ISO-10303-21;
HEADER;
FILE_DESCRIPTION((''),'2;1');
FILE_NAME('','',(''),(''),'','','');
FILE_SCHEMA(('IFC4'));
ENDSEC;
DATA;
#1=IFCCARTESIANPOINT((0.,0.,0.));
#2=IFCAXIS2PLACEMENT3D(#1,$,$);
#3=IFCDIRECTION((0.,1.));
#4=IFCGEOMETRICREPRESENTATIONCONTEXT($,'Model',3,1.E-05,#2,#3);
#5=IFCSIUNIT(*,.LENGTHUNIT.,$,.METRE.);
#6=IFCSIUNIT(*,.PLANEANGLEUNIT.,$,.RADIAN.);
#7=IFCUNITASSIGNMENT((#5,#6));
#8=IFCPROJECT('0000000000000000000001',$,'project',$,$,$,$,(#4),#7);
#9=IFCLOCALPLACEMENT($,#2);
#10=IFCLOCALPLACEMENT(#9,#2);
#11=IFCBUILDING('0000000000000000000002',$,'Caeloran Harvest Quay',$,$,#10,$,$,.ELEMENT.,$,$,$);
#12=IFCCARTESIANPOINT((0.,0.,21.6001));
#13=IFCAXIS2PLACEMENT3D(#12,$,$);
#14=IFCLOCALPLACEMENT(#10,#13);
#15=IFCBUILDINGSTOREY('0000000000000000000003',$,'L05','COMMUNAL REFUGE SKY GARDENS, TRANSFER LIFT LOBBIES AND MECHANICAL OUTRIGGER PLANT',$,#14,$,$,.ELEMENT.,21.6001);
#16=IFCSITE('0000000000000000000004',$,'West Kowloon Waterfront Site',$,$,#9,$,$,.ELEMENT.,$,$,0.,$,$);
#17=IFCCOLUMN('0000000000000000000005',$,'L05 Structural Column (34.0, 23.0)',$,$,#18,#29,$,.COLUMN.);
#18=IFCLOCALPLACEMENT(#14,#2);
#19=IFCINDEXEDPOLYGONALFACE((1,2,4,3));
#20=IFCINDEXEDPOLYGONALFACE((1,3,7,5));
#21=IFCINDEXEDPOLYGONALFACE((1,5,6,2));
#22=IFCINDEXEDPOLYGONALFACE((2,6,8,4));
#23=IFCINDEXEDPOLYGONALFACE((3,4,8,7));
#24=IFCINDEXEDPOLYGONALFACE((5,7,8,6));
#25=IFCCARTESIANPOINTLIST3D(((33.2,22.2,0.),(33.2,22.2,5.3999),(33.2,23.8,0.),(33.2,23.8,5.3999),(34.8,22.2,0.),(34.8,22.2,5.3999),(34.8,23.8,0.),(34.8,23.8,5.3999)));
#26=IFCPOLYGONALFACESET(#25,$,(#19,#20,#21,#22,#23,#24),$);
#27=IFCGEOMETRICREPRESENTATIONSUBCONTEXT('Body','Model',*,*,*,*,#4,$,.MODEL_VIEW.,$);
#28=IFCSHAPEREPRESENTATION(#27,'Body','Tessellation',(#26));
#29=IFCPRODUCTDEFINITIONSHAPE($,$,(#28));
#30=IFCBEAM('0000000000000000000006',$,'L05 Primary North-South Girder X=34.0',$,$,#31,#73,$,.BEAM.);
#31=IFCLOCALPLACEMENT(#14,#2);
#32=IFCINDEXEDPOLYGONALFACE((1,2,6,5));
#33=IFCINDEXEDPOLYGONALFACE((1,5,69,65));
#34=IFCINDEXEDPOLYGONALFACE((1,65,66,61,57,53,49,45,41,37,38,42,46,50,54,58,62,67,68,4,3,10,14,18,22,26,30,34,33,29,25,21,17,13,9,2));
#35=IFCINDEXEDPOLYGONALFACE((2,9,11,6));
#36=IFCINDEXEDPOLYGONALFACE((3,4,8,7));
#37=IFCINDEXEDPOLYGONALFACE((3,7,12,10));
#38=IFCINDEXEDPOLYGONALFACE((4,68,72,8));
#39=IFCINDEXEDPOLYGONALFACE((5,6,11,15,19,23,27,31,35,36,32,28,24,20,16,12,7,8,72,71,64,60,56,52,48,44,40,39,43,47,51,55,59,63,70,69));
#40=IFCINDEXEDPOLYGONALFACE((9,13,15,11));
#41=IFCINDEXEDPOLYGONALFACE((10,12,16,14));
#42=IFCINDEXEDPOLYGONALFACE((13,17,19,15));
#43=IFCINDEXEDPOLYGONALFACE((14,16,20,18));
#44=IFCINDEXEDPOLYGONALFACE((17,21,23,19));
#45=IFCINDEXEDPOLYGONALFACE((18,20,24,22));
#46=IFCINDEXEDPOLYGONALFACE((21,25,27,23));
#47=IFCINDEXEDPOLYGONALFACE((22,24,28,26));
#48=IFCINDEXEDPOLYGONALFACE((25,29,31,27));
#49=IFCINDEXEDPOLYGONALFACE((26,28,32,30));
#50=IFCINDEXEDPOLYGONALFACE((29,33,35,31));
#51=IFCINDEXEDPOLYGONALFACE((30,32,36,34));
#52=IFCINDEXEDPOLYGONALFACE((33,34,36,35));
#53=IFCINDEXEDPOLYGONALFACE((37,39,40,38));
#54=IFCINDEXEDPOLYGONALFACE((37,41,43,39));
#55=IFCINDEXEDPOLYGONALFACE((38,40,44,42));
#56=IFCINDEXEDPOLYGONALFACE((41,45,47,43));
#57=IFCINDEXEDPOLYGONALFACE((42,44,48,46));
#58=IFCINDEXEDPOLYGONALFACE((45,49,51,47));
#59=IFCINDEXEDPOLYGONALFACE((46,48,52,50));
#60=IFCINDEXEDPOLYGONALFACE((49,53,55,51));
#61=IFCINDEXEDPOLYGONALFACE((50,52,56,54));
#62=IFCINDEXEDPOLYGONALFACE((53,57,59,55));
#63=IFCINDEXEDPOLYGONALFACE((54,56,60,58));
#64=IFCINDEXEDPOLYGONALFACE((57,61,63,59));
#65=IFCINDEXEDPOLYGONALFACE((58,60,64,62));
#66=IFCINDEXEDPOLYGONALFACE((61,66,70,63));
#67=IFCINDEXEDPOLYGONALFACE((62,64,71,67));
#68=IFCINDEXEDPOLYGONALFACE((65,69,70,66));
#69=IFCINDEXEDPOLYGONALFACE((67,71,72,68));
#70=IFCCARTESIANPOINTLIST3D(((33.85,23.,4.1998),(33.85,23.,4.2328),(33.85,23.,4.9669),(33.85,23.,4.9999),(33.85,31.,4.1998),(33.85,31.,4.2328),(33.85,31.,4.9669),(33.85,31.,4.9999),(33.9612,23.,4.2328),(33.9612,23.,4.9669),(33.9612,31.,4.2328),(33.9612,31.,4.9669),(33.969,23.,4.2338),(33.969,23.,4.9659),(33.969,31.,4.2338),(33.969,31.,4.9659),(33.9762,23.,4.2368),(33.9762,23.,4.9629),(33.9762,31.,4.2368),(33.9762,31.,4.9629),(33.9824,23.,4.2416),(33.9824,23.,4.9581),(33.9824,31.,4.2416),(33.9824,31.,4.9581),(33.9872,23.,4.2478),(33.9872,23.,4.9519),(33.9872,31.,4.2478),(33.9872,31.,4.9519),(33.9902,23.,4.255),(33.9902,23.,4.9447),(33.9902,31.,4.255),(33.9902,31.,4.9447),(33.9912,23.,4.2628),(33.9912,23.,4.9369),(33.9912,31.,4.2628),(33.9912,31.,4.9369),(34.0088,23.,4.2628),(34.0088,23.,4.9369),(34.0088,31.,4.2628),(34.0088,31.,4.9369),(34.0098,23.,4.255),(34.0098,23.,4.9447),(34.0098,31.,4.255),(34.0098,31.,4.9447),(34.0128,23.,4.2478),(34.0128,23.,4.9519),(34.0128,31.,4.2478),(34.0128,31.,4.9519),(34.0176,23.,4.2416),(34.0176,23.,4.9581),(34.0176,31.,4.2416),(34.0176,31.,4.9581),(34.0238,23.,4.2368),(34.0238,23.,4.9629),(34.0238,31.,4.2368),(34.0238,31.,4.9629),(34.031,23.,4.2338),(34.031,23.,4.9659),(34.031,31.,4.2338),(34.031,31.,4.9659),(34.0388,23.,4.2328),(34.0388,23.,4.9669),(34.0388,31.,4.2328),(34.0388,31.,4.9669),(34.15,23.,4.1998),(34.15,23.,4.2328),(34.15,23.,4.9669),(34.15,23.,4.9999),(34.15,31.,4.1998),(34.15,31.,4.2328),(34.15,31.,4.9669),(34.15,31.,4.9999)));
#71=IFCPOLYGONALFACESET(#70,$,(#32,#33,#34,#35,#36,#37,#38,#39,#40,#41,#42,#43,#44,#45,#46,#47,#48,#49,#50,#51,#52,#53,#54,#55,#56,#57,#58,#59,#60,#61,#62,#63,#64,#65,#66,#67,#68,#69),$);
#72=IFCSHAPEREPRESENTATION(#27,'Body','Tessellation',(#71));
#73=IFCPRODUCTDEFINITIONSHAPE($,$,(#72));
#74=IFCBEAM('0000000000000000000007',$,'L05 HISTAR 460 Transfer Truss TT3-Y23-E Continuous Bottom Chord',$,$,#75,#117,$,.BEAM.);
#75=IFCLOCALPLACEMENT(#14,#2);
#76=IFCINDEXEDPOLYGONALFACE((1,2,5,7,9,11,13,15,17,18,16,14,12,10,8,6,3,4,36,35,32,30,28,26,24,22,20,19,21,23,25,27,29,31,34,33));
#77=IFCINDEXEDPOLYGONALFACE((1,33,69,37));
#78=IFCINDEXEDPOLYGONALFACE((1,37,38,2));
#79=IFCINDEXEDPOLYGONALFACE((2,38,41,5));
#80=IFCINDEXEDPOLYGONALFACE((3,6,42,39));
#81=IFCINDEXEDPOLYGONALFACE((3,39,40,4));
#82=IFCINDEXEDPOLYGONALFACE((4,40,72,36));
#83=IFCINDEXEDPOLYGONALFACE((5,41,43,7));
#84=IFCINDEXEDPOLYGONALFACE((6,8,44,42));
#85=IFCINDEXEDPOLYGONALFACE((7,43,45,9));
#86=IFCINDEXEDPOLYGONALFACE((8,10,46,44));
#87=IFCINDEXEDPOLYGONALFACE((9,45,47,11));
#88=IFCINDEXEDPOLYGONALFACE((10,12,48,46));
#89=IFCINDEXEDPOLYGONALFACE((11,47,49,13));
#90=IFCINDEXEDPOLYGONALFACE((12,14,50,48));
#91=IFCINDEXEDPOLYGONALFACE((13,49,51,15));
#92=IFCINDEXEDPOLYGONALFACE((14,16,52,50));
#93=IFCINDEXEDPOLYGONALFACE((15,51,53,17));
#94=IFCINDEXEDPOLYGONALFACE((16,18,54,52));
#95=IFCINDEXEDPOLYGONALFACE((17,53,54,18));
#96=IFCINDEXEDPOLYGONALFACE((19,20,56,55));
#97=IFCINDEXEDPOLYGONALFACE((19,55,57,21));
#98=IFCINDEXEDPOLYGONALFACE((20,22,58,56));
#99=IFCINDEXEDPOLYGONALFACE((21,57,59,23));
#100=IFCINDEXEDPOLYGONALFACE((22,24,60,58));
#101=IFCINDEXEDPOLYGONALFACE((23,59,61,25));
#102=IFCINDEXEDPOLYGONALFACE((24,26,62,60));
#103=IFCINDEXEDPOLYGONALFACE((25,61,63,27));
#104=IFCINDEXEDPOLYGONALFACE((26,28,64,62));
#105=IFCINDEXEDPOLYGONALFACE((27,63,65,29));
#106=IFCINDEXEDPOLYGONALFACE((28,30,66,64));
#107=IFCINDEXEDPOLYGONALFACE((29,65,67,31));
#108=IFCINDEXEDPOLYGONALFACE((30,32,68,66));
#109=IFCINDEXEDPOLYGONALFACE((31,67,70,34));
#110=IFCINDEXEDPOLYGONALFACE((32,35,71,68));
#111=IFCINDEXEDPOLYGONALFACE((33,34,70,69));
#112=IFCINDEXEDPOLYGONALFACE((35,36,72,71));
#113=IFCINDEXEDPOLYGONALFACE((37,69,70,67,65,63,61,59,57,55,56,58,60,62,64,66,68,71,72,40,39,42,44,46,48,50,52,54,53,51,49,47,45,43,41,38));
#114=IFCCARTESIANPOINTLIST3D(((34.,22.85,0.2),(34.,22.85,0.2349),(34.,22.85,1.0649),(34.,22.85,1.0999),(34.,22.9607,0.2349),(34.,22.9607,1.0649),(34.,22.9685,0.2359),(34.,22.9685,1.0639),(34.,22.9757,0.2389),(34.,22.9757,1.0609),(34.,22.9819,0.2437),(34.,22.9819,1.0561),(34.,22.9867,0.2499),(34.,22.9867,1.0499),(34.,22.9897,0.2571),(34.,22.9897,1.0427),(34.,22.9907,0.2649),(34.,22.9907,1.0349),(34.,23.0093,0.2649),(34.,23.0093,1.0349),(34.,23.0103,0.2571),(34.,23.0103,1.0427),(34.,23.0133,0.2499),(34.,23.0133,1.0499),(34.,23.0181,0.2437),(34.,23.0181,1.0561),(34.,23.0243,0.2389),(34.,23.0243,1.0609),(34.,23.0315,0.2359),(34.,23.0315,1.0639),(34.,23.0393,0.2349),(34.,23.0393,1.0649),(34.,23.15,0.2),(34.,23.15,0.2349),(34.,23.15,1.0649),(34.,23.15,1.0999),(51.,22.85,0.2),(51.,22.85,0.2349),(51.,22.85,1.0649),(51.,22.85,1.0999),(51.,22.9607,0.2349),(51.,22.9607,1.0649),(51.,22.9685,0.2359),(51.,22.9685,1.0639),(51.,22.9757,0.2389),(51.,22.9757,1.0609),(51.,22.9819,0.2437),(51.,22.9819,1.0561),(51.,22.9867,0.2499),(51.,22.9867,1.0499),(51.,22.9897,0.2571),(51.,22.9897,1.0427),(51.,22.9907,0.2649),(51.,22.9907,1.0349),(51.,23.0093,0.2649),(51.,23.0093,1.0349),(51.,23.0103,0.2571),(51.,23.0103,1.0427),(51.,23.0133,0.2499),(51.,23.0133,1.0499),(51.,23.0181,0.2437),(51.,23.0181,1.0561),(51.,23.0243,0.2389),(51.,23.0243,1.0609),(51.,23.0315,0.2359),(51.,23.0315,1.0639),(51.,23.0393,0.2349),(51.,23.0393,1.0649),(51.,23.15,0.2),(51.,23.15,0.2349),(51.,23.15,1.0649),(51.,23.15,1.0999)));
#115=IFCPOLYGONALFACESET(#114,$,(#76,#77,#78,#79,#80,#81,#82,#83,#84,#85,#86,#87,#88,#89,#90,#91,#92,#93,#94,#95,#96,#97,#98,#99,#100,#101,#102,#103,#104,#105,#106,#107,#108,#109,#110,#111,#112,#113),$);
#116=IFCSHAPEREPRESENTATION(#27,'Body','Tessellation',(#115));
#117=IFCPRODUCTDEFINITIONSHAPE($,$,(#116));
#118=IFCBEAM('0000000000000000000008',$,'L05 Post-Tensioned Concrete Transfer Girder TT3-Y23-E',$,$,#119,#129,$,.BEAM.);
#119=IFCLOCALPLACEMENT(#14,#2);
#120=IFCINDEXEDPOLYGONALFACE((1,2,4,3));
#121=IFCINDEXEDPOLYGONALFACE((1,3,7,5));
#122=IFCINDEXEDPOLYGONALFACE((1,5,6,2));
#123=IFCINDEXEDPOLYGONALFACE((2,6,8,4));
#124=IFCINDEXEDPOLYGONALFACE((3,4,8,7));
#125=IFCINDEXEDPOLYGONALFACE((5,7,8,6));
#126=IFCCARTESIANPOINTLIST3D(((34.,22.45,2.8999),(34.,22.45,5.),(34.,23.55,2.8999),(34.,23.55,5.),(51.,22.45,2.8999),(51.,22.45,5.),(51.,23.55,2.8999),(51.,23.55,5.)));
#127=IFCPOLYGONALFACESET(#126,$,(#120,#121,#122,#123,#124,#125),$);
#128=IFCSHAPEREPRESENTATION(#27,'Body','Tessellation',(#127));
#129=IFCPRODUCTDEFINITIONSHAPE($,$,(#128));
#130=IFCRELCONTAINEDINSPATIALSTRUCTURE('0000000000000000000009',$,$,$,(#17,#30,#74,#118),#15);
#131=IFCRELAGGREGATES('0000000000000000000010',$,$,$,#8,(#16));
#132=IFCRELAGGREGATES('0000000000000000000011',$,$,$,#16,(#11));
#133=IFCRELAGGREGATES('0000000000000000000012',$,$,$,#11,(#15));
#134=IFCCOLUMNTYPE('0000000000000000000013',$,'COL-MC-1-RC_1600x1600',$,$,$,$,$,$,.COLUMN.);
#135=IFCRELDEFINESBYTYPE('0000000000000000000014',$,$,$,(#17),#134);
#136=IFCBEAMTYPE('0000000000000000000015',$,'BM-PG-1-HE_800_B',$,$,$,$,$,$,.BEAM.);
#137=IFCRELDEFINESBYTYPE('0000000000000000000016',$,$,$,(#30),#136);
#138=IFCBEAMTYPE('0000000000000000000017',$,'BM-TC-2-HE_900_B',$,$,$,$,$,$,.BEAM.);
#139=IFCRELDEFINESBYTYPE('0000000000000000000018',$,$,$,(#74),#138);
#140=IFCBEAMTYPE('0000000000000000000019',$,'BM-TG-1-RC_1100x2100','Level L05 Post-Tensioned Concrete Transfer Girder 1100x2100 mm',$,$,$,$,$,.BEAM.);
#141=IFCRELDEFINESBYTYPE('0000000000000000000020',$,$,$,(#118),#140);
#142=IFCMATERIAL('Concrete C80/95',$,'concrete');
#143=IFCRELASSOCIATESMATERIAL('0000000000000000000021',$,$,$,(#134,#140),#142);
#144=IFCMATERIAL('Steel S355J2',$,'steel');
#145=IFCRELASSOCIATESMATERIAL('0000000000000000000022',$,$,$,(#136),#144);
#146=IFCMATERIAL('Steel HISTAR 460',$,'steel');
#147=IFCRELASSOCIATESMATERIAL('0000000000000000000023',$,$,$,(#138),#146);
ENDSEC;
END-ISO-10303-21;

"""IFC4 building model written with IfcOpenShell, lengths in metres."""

from ifc_helpers import new_model, si_unit, direction, frame, origin, origin_2d, place, context, subcontext, project, spatial, rectangle, i_section, extrude, material, material_profile, profile_set, type_object, element, save


model = new_model("IFC4")

# Units and contexts
model_context = context("Model", 3, precision=1e-05, world=origin(), true_north=direction((0.0, 1.0)))
body_context = subcontext(model_context, "Body", "Model", "MODEL_VIEW")
ifc_project = project(units=[si_unit("LENGTHUNIT", "METRE"), si_unit("PLANEANGLEUNIT", "RADIAN")], contexts=[model_context])

# Site, building, storey
site_placement = place(None, origin())
site = spatial("IfcSite", under=ifc_project, at=site_placement, Name="West Kowloon Waterfront Site", CompositionType="ELEMENT", RefElevation=0.0)
building_placement = place(site_placement, origin())
building = spatial("IfcBuilding", under=site, at=building_placement, Name="Caeloran Harvest Quay", CompositionType="ELEMENT")
storey_placement = place(building_placement, frame((0.0, 0.0, 21.6001)))
storey = spatial("IfcBuildingStorey", under=building, at=storey_placement, Name="L05", Description="COMMUNAL REFUGE SKY GARDENS, TRANSFER LIFT LOBBIES AND MECHANICAL OUTRIGGER PLANT", CompositionType="ELEMENT", Elevation=21.6001)

# Column
ifc_material_1 = material(Name="Concrete C80/95", Category="concrete")
ifc_material_profile_1 = material_profile(ifc_material_1, rectangle(XDim=1.6001, YDim=1.6001, at=origin_2d()), Name="RC 1600x1600")
ifc_profile_set_1 = profile_set([ifc_material_profile_1], Name="Concrete C80/95")
column_type = type_object("IfcColumnType", Name="COL-MC-1-RC_1600x1600", PredefinedType="COLUMN", material=ifc_profile_set_1)
column_placement = place(storey_placement, frame((34.0, 23.0, 0.0), z_axis=(0.0, 0.0, 1.0), x_axis=(1.0, 0.0, 0.0)))
element("IfcColumn", 1, at=column_placement, inside=storey, type_object=column_type, Name="L05 Structural Column (34.0, 23.0)", PredefinedType="COLUMN", context=body_context, shape_type="SweptSolid", body=[
    extrude(rectangle(XDim=1.6001, YDim=1.6001, at=origin_2d()), origin(), (0.0, 0.0, 1.0), 5.3999),
])

# Beams
ifc_material_2 = material(Name="Steel S355J2", Category="steel")
ifc_material_profile_2 = material_profile(ifc_material_2, i_section(OverallWidth=0.3, OverallDepth=0.8, WebThickness=0.0176, FlangeThickness=0.033, FilletRadius=0.03, at=origin_2d()), Name="HE 800 B")
ifc_profile_set_2 = profile_set([ifc_material_profile_2], Name="Steel S355J2")
beam_type_1 = type_object("IfcBeamType", Name="BM-PG-1-HE_800_B", PredefinedType="BEAM", material=ifc_profile_set_2)
beam_1_placement = place(storey_placement, frame((34.0, 23.0, 4.5999), z_axis=(0.0, 1.0, 0.0), x_axis=(-1.0, 0.0, 0.0)))
element("IfcBeam", 2, at=beam_1_placement, inside=storey, type_object=beam_type_1, Name="L05 Primary North-South Girder X=34.0", PredefinedType="BEAM", context=body_context, shape_type="SweptSolid", body=[
    extrude(i_section(OverallWidth=0.3, OverallDepth=0.8, WebThickness=0.0176, FlangeThickness=0.033, FilletRadius=0.03, at=origin_2d()), origin(), (0.0, 0.0, 1.0), 8.0),
])
ifc_material_3 = material(Name="Steel HISTAR 460", Category="steel")
ifc_material_profile_3 = material_profile(ifc_material_3, i_section(OverallWidth=0.3, OverallDepth=0.8999, WebThickness=0.0186, FlangeThickness=0.0349, FilletRadius=0.03, at=origin_2d()), Name="HE 900 B")
ifc_profile_set_3 = profile_set([ifc_material_profile_3], Name="Steel HISTAR 460")
beam_type_2 = type_object("IfcBeamType", Name="BM-TC-2-HE_900_B", PredefinedType="BEAM", material=ifc_profile_set_3)
beam_2_placement = place(storey_placement, frame((34.0, 23.0, 0.6499), z_axis=(1.0, 0.0, 0.0), x_axis=(0.0, 1.0, 0.0)))
element("IfcBeam", 3, at=beam_2_placement, inside=storey, type_object=beam_type_2, Name="L05 HISTAR 460 Transfer Truss TT3-Y23-E Continuous Bottom Chord", PredefinedType="BEAM", context=body_context, shape_type="SweptSolid", body=[
    extrude(i_section(OverallWidth=0.3, OverallDepth=0.8999, WebThickness=0.0186, FlangeThickness=0.0349, FilletRadius=0.03, at=origin_2d()), origin(), (0.0, 0.0, 1.0), 17.0),
])
ifc_material_profile_4 = material_profile(ifc_material_1, rectangle(XDim=1.1001, YDim=2.1001, at=origin_2d()), Name="BM-TG-1-RC_1100x2100")
ifc_profile_set_4 = profile_set([ifc_material_profile_4], Name="Concrete C80/95")
beam_type_3 = type_object("IfcBeamType", Name="BM-TG-1-RC_1100x2100", Description="Level L05 Post-Tensioned Concrete Transfer Girder 1100x2100 mm", PredefinedType="BEAM", material=ifc_profile_set_4)
beam_3_placement = place(storey_placement, frame((34.0, 23.0, 3.95), z_axis=(1.0, 0.0, 0.0), x_axis=(0.0, 1.0, 0.0)))
element("IfcBeam", 4, at=beam_3_placement, inside=storey, type_object=beam_type_3, Name="L05 Post-Tensioned Concrete Transfer Girder TT3-Y23-E", PredefinedType="BEAM", context=body_context, shape_type="SweptSolid", body=[
    extrude(rectangle(XDim=1.1001, YDim=2.1001, at=origin_2d()), origin(), (0.0, 0.0, 1.0), 17.0),
])

save(model, "model.ifc")
